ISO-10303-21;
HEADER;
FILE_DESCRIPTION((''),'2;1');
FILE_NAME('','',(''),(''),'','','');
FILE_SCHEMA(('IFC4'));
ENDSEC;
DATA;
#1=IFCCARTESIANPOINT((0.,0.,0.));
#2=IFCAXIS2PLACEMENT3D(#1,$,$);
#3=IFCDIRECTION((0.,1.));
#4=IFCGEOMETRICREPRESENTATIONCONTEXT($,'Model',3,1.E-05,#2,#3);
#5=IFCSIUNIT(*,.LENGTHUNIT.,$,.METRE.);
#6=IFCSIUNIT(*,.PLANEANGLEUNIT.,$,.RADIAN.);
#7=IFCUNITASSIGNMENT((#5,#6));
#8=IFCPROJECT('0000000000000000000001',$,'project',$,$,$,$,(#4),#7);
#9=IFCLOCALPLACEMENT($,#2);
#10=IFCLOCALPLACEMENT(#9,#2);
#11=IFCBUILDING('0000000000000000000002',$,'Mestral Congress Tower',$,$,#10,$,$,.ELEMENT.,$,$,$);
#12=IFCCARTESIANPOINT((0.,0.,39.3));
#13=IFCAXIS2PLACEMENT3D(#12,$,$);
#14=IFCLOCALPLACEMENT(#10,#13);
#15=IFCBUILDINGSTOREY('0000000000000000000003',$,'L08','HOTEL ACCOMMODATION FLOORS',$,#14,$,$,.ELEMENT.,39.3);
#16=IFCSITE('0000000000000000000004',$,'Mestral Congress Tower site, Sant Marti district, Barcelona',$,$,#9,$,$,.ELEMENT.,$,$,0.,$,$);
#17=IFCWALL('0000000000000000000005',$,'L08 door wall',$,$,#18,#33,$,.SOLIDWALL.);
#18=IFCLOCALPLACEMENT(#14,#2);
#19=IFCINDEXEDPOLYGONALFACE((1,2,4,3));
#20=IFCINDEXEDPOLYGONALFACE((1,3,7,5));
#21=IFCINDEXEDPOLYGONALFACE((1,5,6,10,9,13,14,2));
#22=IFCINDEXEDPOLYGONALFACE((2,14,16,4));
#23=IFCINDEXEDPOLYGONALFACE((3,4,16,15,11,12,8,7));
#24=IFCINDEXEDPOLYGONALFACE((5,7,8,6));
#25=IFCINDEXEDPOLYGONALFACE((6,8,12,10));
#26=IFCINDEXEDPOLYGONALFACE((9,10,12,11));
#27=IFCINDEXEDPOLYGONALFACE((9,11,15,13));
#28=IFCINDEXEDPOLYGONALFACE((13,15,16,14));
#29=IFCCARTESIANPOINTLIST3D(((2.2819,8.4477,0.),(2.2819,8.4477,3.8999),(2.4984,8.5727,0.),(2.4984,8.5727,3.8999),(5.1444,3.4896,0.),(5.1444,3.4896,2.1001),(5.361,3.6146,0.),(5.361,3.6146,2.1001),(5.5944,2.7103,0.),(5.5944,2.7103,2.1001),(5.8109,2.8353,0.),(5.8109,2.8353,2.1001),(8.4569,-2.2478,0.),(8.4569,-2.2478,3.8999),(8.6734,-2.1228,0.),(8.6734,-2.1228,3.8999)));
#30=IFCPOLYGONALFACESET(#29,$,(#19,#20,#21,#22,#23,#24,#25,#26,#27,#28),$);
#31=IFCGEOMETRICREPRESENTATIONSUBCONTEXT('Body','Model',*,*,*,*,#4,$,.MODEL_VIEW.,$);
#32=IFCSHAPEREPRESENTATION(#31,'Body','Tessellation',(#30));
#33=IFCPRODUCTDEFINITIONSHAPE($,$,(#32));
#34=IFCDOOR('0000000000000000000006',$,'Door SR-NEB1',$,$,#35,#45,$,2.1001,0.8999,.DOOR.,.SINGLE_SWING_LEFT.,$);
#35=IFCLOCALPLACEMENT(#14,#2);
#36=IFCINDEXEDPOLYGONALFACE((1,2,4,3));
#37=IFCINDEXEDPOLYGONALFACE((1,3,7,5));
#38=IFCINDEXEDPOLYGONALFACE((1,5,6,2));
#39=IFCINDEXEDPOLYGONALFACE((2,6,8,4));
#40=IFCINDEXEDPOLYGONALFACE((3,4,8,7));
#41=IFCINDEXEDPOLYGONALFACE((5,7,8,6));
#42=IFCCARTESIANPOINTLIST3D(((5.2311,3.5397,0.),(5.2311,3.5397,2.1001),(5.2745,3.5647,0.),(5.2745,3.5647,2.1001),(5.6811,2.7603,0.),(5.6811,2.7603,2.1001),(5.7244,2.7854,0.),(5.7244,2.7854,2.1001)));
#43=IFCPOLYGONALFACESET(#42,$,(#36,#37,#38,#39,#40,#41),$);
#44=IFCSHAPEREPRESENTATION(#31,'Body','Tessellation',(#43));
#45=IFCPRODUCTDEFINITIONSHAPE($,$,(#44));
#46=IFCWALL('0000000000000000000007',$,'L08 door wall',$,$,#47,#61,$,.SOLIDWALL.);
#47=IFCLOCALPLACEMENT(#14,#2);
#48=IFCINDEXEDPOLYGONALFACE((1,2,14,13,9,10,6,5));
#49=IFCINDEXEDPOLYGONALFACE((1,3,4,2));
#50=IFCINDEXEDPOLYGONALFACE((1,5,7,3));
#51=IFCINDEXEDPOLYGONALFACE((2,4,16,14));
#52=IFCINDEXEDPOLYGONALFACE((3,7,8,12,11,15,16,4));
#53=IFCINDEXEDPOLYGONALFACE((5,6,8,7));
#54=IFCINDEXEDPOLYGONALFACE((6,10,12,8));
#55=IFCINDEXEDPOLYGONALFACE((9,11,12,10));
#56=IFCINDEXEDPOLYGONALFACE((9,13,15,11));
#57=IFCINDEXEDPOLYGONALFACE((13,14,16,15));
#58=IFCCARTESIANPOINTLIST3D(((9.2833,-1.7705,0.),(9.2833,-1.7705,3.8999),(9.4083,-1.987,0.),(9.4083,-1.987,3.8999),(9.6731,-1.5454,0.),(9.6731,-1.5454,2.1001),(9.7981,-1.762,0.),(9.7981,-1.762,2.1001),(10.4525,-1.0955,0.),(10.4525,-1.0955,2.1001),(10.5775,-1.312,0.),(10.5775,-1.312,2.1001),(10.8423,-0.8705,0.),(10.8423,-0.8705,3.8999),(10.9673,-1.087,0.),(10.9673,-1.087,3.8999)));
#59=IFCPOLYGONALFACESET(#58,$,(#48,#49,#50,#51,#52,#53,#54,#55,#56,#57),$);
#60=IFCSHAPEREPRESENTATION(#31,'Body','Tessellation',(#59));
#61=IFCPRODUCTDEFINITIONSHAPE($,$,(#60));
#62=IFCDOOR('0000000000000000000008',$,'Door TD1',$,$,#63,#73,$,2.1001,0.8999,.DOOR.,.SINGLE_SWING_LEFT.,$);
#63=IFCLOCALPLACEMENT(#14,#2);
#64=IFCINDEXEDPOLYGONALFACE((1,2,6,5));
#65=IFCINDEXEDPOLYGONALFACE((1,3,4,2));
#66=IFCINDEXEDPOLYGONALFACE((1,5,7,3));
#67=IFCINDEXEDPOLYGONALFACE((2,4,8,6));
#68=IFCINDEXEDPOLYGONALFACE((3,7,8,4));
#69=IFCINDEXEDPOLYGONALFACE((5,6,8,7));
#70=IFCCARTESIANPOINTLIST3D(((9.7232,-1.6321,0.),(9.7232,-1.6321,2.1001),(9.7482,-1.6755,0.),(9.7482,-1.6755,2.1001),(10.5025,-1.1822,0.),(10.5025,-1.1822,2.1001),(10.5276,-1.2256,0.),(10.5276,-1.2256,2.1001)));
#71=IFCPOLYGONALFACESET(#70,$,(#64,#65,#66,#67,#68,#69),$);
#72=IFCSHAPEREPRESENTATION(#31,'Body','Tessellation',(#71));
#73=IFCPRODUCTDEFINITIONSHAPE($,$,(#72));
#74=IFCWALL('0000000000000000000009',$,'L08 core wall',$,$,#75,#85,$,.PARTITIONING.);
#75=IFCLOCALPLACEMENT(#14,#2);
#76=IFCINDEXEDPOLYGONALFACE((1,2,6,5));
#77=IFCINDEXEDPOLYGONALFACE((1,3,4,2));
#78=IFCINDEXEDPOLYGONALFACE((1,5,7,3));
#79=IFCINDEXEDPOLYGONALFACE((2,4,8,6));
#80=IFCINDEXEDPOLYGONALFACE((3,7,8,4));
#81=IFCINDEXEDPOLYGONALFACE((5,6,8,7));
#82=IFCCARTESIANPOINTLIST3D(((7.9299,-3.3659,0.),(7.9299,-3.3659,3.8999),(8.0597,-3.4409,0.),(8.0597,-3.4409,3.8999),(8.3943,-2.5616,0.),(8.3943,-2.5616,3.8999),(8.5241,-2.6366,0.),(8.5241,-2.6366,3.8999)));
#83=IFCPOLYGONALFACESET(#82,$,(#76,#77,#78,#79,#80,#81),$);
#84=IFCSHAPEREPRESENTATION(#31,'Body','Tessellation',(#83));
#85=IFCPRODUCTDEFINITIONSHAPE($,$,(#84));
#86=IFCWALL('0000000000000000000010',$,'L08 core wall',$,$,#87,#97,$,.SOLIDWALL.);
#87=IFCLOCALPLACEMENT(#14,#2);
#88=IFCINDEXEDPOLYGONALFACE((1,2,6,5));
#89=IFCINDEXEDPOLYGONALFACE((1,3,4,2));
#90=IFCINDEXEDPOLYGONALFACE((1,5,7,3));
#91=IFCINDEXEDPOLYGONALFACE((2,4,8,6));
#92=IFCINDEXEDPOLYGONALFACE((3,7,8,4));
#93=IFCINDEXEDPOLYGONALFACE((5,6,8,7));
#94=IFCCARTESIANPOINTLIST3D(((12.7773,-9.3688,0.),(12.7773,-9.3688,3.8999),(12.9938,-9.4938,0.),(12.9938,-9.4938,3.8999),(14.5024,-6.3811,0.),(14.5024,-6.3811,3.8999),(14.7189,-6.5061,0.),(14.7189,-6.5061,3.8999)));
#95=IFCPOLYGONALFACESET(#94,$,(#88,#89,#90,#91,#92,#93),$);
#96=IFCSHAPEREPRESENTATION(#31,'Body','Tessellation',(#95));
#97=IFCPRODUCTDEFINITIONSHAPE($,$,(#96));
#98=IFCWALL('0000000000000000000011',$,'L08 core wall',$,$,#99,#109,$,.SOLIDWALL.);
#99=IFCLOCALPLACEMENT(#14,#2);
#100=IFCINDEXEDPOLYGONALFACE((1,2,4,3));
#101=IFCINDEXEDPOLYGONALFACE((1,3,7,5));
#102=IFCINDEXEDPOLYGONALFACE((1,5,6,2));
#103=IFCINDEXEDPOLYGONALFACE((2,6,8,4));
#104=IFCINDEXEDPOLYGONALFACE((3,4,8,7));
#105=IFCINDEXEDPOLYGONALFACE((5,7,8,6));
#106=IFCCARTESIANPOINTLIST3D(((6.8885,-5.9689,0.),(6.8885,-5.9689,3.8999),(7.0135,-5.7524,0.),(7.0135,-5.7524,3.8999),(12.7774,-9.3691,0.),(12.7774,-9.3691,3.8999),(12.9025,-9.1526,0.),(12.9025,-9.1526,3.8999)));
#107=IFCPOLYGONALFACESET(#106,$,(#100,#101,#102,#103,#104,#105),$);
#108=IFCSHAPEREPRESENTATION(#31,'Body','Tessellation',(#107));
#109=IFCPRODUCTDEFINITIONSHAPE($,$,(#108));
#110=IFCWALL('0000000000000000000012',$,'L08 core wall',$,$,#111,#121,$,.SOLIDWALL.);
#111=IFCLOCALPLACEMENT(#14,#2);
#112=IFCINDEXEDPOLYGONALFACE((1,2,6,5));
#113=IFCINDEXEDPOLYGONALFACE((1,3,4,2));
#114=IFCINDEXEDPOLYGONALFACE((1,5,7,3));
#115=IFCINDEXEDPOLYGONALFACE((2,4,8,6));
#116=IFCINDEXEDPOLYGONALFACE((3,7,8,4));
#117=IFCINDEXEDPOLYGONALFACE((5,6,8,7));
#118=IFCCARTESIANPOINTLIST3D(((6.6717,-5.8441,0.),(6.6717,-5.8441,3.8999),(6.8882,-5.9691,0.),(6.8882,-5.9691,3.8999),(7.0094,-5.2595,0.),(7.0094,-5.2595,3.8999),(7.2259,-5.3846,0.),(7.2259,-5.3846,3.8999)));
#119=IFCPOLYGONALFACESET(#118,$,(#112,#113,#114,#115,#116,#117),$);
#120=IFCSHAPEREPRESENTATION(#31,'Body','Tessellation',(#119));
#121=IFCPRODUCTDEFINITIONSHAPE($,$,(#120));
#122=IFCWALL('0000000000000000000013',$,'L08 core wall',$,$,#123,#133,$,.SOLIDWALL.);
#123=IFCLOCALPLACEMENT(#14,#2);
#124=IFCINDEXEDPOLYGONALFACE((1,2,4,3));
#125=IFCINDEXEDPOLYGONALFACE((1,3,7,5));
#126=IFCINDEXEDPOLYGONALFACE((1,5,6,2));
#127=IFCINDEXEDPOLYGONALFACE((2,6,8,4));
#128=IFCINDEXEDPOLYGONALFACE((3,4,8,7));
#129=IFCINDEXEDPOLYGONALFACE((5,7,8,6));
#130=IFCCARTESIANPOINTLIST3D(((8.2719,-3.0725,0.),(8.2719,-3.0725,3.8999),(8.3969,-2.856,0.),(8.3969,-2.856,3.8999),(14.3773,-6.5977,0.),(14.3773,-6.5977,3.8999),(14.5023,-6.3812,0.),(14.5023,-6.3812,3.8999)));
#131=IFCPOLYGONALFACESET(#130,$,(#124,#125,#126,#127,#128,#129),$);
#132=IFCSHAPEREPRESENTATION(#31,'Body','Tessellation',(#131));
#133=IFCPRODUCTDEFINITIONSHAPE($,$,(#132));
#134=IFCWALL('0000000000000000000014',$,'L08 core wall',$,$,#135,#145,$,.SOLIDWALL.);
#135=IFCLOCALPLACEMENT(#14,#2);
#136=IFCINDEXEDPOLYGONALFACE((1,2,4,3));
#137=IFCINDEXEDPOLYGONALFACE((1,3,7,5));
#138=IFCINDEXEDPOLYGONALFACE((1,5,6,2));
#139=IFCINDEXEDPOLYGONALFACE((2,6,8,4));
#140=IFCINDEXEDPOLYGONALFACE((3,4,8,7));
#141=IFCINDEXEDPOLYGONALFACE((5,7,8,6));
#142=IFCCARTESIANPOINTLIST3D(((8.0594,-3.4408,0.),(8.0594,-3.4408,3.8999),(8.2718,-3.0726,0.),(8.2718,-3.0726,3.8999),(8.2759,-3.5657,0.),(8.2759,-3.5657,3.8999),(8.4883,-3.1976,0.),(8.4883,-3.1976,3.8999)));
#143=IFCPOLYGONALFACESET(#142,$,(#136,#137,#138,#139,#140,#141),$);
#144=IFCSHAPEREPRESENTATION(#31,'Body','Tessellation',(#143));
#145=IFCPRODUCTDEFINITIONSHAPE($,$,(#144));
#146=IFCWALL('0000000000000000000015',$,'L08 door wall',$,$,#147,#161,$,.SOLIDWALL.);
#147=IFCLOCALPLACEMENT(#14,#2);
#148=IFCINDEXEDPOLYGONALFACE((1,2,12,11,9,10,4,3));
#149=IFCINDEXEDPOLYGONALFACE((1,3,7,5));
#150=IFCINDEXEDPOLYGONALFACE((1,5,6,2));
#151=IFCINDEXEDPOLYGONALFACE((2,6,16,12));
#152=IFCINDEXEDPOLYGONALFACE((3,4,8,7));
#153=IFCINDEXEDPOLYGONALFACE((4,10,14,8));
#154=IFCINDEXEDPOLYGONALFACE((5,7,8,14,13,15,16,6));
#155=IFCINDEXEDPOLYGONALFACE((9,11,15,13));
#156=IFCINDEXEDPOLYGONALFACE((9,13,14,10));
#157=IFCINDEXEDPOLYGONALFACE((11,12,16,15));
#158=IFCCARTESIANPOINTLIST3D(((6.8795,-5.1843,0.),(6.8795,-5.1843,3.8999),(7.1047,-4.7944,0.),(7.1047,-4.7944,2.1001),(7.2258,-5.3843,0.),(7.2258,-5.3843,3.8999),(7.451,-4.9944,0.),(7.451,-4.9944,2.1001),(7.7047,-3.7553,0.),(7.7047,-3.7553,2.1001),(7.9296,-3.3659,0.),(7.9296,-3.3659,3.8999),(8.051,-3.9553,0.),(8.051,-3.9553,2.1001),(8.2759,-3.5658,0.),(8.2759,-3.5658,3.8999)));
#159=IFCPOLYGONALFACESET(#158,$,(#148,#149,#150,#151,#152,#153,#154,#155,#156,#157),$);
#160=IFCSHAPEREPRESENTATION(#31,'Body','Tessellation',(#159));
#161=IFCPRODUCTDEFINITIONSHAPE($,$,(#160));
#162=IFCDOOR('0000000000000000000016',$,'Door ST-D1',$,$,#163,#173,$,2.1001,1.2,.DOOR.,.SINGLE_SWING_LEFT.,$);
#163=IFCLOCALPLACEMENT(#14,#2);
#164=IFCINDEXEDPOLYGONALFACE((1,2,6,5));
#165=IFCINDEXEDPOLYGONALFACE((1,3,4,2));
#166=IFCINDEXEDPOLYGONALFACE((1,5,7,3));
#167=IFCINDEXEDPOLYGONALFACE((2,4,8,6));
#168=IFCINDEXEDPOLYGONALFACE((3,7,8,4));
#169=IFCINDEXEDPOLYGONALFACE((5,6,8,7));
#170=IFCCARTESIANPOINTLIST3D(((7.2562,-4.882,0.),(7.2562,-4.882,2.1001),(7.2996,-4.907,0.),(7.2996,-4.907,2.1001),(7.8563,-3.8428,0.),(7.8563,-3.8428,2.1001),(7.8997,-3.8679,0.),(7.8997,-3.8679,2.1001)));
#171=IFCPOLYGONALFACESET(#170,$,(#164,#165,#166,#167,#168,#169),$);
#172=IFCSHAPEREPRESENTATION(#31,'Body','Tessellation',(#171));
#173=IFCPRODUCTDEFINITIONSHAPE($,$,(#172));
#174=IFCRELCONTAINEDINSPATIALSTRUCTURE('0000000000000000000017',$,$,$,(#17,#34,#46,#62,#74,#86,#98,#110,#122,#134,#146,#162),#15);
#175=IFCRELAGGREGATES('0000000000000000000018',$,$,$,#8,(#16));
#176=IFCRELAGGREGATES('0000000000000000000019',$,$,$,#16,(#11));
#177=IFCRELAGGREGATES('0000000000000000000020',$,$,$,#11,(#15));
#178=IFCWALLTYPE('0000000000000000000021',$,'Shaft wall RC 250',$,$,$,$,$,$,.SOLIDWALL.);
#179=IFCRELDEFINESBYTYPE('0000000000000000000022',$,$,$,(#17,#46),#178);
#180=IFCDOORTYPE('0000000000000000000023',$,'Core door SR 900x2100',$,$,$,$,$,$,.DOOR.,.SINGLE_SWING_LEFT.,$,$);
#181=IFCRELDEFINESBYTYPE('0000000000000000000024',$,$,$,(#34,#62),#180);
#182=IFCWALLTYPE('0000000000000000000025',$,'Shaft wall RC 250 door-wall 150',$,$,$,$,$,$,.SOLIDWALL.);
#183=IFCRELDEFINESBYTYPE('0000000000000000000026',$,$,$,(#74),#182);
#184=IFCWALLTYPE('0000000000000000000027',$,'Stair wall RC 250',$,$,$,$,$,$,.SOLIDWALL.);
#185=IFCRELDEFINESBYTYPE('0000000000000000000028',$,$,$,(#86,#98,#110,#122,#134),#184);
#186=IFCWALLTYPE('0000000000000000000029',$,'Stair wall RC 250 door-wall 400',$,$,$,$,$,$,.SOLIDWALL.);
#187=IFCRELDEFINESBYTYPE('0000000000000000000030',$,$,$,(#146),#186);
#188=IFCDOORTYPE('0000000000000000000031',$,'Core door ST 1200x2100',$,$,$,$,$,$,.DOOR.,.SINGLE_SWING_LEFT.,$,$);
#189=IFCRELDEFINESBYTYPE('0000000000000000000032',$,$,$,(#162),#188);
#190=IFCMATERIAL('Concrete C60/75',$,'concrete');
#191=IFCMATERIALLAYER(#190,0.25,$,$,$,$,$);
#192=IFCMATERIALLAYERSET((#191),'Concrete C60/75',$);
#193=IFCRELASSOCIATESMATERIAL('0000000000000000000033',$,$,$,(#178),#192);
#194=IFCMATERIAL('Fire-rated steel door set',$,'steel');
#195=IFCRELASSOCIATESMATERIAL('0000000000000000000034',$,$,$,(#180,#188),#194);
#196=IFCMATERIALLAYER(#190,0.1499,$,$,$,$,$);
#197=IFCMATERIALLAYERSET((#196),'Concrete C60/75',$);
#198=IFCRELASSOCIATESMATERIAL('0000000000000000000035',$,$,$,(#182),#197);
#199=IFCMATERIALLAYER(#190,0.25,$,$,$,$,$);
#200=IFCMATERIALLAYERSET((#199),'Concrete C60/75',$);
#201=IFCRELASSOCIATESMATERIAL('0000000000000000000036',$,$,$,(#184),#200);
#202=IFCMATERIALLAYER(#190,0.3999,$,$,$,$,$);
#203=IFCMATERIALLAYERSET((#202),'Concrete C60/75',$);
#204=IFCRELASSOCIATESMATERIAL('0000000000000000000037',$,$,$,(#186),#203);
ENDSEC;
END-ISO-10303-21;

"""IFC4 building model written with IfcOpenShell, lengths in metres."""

from ifc_helpers import new_model, si_unit, direction, frame, frame_2d, origin, place, context, subcontext, project, spatial, rectangle, extrude, material, layer, layer_set, type_object, element, fill, save


model = new_model("IFC4")

# Units and contexts
model_context = context("Model", 3, precision=1e-05, world=origin(), true_north=direction((0.0, 1.0)))
body_context = subcontext(model_context, "Body", "Model", "MODEL_VIEW")
ifc_project = project(units=[si_unit("LENGTHUNIT", "METRE"), si_unit("PLANEANGLEUNIT", "RADIAN")], contexts=[model_context])

# Site, building, storey
site_placement = place(None, origin())
site = spatial("IfcSite", under=ifc_project, at=site_placement, Name="Mestral Congress Tower site, Sant Marti district, Barcelona", CompositionType="ELEMENT", RefElevation=0.0)
building_placement = place(site_placement, origin())
building = spatial("IfcBuilding", under=site, at=building_placement, Name="Mestral Congress Tower", CompositionType="ELEMENT")
storey_placement = place(building_placement, frame((0.0, 0.0, 39.3)))
storey = spatial("IfcBuildingStorey", under=building, at=storey_placement, Name="L08", Description="HOTEL ACCOMMODATION FLOORS", CompositionType="ELEMENT", Elevation=39.3)

# Shared definitions
ifc_material_1 = material(Name="Fire-rated steel door set", Category="steel")

# Shared definitions
ifc_material_2 = material(Name="Concrete C60/75", Category="concrete")
ifc_layer_1 = layer(ifc_material_2, 0.25)
ifc_layer_set_1 = layer_set([ifc_layer_1], Name="Concrete C60/75")
wall_type_1 = type_object("IfcWallType", Name="Shaft wall RC 250", PredefinedType="SOLIDWALL", material=ifc_layer_set_1)

# Walls, openings, doors
wall_1_placement = place(storey_placement, frame((8.5652, -2.1853, 0.0), z_axis=(0.0, 0.0, 1.0), x_axis=(-0.499998, 0.866027, 0.0)))
wall_1 = element("IfcWall", 1, at=wall_1_placement, inside=storey, type_object=wall_type_1, Name="L08 door wall", PredefinedType="SOLIDWALL", context=body_context, shape_type="SweptSolid", body=[
    extrude(rectangle(XDim=12.3501, YDim=0.25, at=frame_2d((6.175, 0.0))), origin(), (0.0, 0.0, 1.0), 3.8999),
])
opening_1_placement = place(wall_1_placement, frame((5.7251, 0.0, 0.0)))
opening_1 = element("IfcOpeningElement", 2, at=opening_1_placement, cuts=wall_1, PredefinedType="OPENING", context=body_context, shape_type="SweptSolid", body=[
    extrude(rectangle(XDim=0.8999, YDim=2.1001, at=frame_2d((0.45, 1.05))), frame((0.0, 0.135, 0.0), z_axis=(0.0, -1.0, 0.0), x_axis=(1.0, 0.0, 0.0)), (0.0, 0.0, 1.0), 0.27),
])
door_type_1 = type_object("IfcDoorType", Name="Core door SR 900x2100", OperationType="SINGLE_SWING_LEFT", PredefinedType="DOOR", material=ifc_material_1)
door_1_placement = place(opening_1_placement, origin())
door_1 = element("IfcDoor", 3, at=door_1_placement, inside=storey, type_object=door_type_1, Name="Door SR-NEB1", OperationType="SINGLE_SWING_LEFT", OverallHeight=2.1001, OverallWidth=0.8999, PredefinedType="DOOR", context=body_context, shape_type="SweptSolid", body=[
    extrude(rectangle(XDim=0.8999, YDim=2.1001, at=frame_2d((0.45, 1.05))), frame((0.0, 0.0249, 0.0), z_axis=(0.0, -1.0, 0.0), x_axis=(1.0, 0.0, 0.0)), (0.0, 0.0, 1.0), 0.05),
])
fill(opening_1, door_1)
wall_2_placement = place(storey_placement, frame((9.3459, -1.8787, 0.0), z_axis=(0.0, 0.0, 1.0), x_axis=(0.866048, 0.499961, 0.0)))
wall_2 = element("IfcWall", 4, at=wall_2_placement, inside=storey, type_object=wall_type_1, Name="L08 door wall", PredefinedType="SOLIDWALL", context=body_context, shape_type="SweptSolid", body=[
    extrude(rectangle(XDim=1.8, YDim=0.25, at=frame_2d((0.8999, 0.0))), origin(), (0.0, 0.0, 1.0), 3.8999),
])
opening_2_placement = place(wall_2_placement, frame((0.45, 0.0, 0.0)))
opening_2 = element("IfcOpeningElement", 5, at=opening_2_placement, cuts=wall_2, PredefinedType="OPENING", context=body_context, shape_type="SweptSolid", body=[
    extrude(rectangle(XDim=0.8999, YDim=2.1001, at=frame_2d((0.45, 1.05))), frame((0.0, 0.135, 0.0), z_axis=(0.0, -1.0, 0.0), x_axis=(1.0, 0.0, 0.0)), (0.0, 0.0, 1.0), 0.27),
])
door_2_placement = place(opening_2_placement, origin())
door_2 = element("IfcDoor", 6, at=door_2_placement, inside=storey, type_object=door_type_1, Name="Door TD1", OperationType="SINGLE_SWING_LEFT", OverallHeight=2.1001, OverallWidth=0.8999, PredefinedType="DOOR", context=body_context, shape_type="SweptSolid", body=[
    extrude(rectangle(XDim=0.8999, YDim=2.1001, at=frame_2d((0.45, 1.05))), frame((0.0, 0.0249, 0.0), z_axis=(0.0, -1.0, 0.0), x_axis=(1.0, 0.0, 0.0)), (0.0, 0.0, 1.0), 0.05),
])
fill(opening_2, door_2)

# Walls
ifc_layer_2 = layer(ifc_material_2, 0.1499)
ifc_layer_set_2 = layer_set([ifc_layer_2], Name="Concrete C60/75")
wall_type_2 = type_object("IfcWallType", Name="Shaft wall RC 250 door-wall 150", PredefinedType="SOLIDWALL", material=ifc_layer_set_2)
wall_3_placement = place(storey_placement, frame((8.4592, -2.5991, 0.0), z_axis=(0.0, 0.0, 1.0), x_axis=(-0.500041, -0.866002, 0.0)))
element("IfcWall", 7, at=wall_3_placement, inside=storey, type_object=wall_type_2, Name="L08 core wall", PredefinedType="PARTITIONING", context=body_context, shape_type="SweptSolid", body=[
    extrude(rectangle(XDim=0.9287, YDim=0.1499, at=frame_2d((0.4644, 0.0))), origin(), (0.0, 0.0, 1.0), 3.8999),
])
ifc_layer_3 = layer(ifc_material_2, 0.25)
ifc_layer_set_3 = layer_set([ifc_layer_3], Name="Concrete C60/75")
wall_type_3 = type_object("IfcWallType", Name="Stair wall RC 250", PredefinedType="SOLIDWALL", material=ifc_layer_set_3)
wall_4_placement = place(storey_placement, frame((12.8855, -9.4314, 0.0), z_axis=(0.0, 0.0, 1.0), x_axis=(0.500021, 0.866014, 0.0)))
element("IfcWall", 8, at=wall_4_placement, inside=storey, type_object=wall_type_3, Name="L08 core wall", PredefinedType="SOLIDWALL", context=body_context, shape_type="SweptSolid", body=[
    extrude(rectangle(XDim=3.45, YDim=0.25, at=frame_2d((1.7251, 0.0))), origin(), (0.0, 0.0, 1.0), 3.8999),
])
wall_5_placement = place(storey_placement, frame((12.8398, -9.2607, 0.0), z_axis=(0.0, 0.0, 1.0), x_axis=(-0.866014, 0.50002, 0.0)))
element("IfcWall", 9, at=wall_5_placement, inside=storey, type_object=wall_type_3, Name="L08 core wall", PredefinedType="SOLIDWALL", context=body_context, shape_type="SweptSolid", body=[
    extrude(rectangle(XDim=6.8, YDim=0.25, at=frame_2d((3.3999, 0.0))), origin(), (0.0, 0.0, 1.0), 3.8999),
])
wall_6_placement = place(storey_placement, frame((6.78, -5.9065, 0.0), z_axis=(0.0, 0.0, 1.0), x_axis=(0.500223, 0.865896, 0.0)))
element("IfcWall", 10, at=wall_6_placement, inside=storey, type_object=wall_type_3, Name="L08 core wall", PredefinedType="SOLIDWALL", context=body_context, shape_type="SweptSolid", body=[
    extrude(rectangle(XDim=0.675, YDim=0.25, at=frame_2d((0.3374, 0.0))), origin(), (0.0, 0.0, 1.0), 3.8999),
])
wall_7_placement = place(storey_placement, frame((8.3345, -2.9644, 0.0), z_axis=(0.0, 0.0, 1.0), x_axis=(0.866016, -0.500016, 0.0)))
element("IfcWall", 11, at=wall_7_placement, inside=storey, type_object=wall_type_3, Name="L08 core wall", PredefinedType="SOLIDWALL", context=body_context, shape_type="SweptSolid", body=[
    extrude(rectangle(XDim=7.05, YDim=0.25, at=frame_2d((3.5249, 0.0))), origin(), (0.0, 0.0, 1.0), 3.8999),
])
wall_8_placement = place(storey_placement, frame((8.1677, -3.5032, 0.0), z_axis=(0.0, 0.0, 1.0), x_axis=(0.499722, 0.866186, 0.0)))
element("IfcWall", 12, at=wall_8_placement, inside=storey, type_object=wall_type_3, Name="L08 core wall", PredefinedType="SOLIDWALL", context=body_context, shape_type="SweptSolid", body=[
    extrude(rectangle(XDim=0.425, YDim=0.25, at=frame_2d((0.2124, 0.0))), origin(), (0.0, 0.0, 1.0), 3.8999),
])

# Wall, opening, door
ifc_layer_4 = layer(ifc_material_2, 0.3999)
ifc_layer_set_4 = layer_set([ifc_layer_4], Name="Concrete C60/75")
wall_type_4 = type_object("IfcWallType", Name="Stair wall RC 250 door-wall 400", PredefinedType="SOLIDWALL", material=ifc_layer_set_4)
wall_9_placement = place(storey_placement, frame((7.0527, -5.2842, 0.0), z_axis=(0.0, 0.0, 1.0), x_axis=(0.500078, 0.86598, 0.0)))
wall_9 = element("IfcWall", 13, at=wall_9_placement, inside=storey, type_object=wall_type_4, Name="L08 door wall", PredefinedType="SOLIDWALL", context=body_context, shape_type="SweptSolid", body=[
    extrude(rectangle(XDim=2.0999, YDim=0.3999, at=frame_2d((1.0498, 0.0))), origin(), (0.0, 0.0, 1.0), 3.8999),
])
opening_3_placement = place(wall_9_placement, frame((0.45, 0.0, 0.0)))
opening_3 = element("IfcOpeningElement", 14, at=opening_3_placement, cuts=wall_9, PredefinedType="OPENING", context=body_context, shape_type="SweptSolid", body=[
    extrude(rectangle(XDim=1.2, YDim=2.1001, at=frame_2d((0.6001, 1.05))), frame((0.0, 0.21, 0.0), z_axis=(0.0, -1.0, 0.0), x_axis=(1.0, 0.0, 0.0)), (0.0, 0.0, 1.0), 0.4199),
])
door_type_2 = type_object("IfcDoorType", Name="Core door ST 1200x2100", OperationType="SINGLE_SWING_LEFT", PredefinedType="DOOR", material=ifc_material_1)
door_3_placement = place(opening_3_placement, origin())
door_3 = element("IfcDoor", 15, at=door_3_placement, inside=storey, type_object=door_type_2, Name="Door ST-D1", OperationType="SINGLE_SWING_LEFT", OverallHeight=2.1001, OverallWidth=1.2, PredefinedType="DOOR", context=body_context, shape_type="SweptSolid", body=[
    extrude(rectangle(XDim=1.2, YDim=2.1001, at=frame_2d((0.6001, 1.05))), frame((0.0, 0.0249, 0.0), z_axis=(0.0, -1.0, 0.0), x_axis=(1.0, 0.0, 0.0)), (0.0, 0.0, 1.0), 0.05),
])
fill(opening_3, door_3)

save(model, "model.ifc")
